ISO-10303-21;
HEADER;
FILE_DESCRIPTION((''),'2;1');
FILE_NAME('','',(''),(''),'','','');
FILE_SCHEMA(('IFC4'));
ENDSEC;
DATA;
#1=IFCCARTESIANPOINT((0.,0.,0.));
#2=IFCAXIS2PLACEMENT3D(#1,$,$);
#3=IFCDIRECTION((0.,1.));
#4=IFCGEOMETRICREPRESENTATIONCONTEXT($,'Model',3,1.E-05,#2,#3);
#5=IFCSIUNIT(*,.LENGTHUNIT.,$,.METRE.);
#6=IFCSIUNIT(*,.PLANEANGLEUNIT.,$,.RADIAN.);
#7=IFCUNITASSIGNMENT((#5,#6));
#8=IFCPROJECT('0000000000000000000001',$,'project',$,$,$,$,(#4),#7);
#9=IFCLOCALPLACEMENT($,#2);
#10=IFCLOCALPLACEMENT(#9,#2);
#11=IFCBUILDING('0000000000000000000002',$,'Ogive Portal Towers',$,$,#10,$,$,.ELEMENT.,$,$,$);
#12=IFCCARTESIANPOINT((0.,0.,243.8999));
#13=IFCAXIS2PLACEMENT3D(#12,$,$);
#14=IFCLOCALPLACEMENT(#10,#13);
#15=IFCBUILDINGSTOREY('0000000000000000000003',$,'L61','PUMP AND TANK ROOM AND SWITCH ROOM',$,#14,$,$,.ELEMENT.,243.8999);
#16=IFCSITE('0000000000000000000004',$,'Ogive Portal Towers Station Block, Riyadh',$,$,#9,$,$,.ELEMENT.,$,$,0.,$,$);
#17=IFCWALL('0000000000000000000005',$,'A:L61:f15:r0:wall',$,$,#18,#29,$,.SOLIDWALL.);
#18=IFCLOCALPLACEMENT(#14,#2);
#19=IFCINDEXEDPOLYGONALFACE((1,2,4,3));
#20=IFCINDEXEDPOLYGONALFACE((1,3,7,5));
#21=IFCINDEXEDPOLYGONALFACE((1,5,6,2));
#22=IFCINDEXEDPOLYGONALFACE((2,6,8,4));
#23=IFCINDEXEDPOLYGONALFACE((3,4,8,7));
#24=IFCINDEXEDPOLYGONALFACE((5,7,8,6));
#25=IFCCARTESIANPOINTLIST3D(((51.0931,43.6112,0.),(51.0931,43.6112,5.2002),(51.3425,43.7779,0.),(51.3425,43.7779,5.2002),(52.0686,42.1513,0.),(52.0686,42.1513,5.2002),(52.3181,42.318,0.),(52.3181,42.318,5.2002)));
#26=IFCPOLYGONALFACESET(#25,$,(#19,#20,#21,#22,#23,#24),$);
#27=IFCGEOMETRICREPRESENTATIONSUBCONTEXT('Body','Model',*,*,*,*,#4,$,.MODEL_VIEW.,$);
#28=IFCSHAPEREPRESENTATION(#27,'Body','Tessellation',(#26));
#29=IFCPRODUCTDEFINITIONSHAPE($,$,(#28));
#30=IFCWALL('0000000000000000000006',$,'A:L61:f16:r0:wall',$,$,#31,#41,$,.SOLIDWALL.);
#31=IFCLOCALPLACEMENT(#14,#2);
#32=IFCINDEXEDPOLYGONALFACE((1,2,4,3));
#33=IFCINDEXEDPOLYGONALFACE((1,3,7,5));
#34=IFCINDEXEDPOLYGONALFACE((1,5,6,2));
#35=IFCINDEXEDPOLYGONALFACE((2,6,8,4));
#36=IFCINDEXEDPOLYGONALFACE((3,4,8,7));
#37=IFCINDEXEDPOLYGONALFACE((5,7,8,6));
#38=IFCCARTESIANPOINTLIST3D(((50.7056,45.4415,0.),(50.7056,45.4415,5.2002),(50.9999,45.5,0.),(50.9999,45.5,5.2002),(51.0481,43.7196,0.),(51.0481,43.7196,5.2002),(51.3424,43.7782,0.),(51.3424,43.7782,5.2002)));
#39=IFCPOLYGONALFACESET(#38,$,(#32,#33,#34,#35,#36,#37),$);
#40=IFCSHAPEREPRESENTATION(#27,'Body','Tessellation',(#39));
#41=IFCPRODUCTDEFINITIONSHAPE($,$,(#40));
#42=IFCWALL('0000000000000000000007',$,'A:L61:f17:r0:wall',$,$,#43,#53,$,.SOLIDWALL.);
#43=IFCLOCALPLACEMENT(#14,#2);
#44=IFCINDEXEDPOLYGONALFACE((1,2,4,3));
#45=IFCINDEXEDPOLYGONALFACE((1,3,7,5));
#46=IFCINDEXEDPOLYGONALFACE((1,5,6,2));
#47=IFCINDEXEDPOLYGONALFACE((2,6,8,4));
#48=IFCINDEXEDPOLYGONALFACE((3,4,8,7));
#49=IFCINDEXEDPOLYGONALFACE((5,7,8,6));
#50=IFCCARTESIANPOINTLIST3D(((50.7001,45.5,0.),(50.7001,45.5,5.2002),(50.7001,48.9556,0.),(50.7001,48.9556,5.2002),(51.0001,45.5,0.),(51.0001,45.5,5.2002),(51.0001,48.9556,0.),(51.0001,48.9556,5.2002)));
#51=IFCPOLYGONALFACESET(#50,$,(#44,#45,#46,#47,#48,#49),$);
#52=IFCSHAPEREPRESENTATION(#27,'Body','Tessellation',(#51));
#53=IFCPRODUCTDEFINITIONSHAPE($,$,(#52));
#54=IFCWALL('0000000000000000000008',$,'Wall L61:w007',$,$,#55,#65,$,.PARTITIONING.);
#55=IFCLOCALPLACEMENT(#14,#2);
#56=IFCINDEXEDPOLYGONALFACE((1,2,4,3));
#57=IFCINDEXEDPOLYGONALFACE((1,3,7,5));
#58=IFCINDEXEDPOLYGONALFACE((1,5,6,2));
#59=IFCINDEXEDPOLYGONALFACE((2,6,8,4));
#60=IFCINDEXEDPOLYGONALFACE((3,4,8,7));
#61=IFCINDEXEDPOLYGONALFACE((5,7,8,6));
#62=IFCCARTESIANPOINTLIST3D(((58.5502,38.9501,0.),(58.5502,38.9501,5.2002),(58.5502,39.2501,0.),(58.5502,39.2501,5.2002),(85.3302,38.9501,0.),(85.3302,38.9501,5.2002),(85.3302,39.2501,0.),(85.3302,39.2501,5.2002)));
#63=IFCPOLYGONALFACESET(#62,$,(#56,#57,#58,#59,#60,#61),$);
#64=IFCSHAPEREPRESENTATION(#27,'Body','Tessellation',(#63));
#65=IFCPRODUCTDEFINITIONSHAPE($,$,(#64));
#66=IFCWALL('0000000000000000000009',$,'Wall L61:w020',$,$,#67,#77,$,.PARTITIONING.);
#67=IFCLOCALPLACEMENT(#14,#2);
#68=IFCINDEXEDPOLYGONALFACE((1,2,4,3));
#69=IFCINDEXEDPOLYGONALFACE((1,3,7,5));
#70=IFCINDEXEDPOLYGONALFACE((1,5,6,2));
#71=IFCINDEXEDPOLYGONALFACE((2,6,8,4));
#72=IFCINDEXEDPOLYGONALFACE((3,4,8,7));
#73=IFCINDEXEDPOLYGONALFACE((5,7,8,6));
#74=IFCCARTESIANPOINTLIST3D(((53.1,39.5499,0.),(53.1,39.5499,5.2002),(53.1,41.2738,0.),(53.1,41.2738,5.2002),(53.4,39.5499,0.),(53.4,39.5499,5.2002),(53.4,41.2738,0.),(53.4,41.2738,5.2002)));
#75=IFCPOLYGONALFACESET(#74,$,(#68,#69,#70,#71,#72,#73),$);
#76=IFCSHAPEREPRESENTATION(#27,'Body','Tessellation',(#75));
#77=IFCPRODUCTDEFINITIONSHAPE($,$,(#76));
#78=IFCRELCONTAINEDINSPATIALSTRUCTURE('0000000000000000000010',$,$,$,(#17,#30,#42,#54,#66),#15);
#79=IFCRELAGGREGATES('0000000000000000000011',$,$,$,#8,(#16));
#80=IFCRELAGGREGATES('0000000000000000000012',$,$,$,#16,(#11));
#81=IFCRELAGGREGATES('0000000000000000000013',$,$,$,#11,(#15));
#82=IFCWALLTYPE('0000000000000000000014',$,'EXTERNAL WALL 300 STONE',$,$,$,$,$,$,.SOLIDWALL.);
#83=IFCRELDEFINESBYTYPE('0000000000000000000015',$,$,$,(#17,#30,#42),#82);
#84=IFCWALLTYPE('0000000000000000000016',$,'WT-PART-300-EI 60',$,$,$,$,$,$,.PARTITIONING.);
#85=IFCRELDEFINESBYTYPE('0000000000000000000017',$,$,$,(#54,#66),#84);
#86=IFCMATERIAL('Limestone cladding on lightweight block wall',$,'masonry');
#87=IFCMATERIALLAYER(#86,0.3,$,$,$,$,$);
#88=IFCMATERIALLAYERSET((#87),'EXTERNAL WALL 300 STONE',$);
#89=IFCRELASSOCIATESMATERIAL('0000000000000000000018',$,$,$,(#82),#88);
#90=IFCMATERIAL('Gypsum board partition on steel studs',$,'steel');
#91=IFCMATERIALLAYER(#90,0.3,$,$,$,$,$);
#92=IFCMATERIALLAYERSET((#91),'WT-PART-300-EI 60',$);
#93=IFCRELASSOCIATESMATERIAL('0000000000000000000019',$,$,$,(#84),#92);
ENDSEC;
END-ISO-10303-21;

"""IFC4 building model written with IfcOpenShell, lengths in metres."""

from ifc_helpers import new_model, si_unit, direction, frame, frame_2d, origin, place, context, subcontext, project, spatial, rectangle, extrude, material, layer, layer_set, type_object, element, save


model = new_model("IFC4")

# Units and contexts
model_context = context("Model", 3, precision=1e-05, world=origin(), true_north=direction((0.0, 1.0)))
body_context = subcontext(model_context, "Body", "Model", "MODEL_VIEW")
ifc_project = project(units=[si_unit("LENGTHUNIT", "METRE"), si_unit("PLANEANGLEUNIT", "RADIAN")], contexts=[model_context])

# Site, building, storey
site_placement = place(None, origin())
site = spatial("IfcSite", under=ifc_project, at=site_placement, Name="Ogive Portal Towers Station Block, Riyadh", CompositionType="ELEMENT", RefElevation=0.0)
building_placement = place(site_placement, origin())
building = spatial("IfcBuilding", under=site, at=building_placement, Name="Ogive Portal Towers", CompositionType="ELEMENT")
storey_placement = place(building_placement, frame((0.0, 0.0, 243.8999)))
storey = spatial("IfcBuildingStorey", under=building, at=storey_placement, Name="L61", Description="PUMP AND TANK ROOM AND SWITCH ROOM", CompositionType="ELEMENT", Elevation=243.8999)

# Walls
ifc_material_1 = material(Name="Limestone cladding on lightweight block wall", Category="masonry")
ifc_layer_1 = layer(ifc_material_1, 0.3)
ifc_layer_set_1 = layer_set([ifc_layer_1], Name="EXTERNAL WALL 300 STONE")
wall_type_1 = type_object("IfcWallType", Name="EXTERNAL WALL 300 STONE", PredefinedType="SOLIDWALL", material=ifc_layer_set_1)
for number, where, z_axis, x_axis, name in (
    (1, (52.1934, 42.2346, 0.0), (0.0, 0.0, 1.0), (-0.555598, 0.831451, 0.0), "A:L61:f15:r0:wall"),
):
    element("IfcWall", number, at=place(storey_placement, frame(where, z_axis=z_axis, x_axis=x_axis)), inside=storey, type_object=wall_type_1, Name=name, PredefinedType="SOLIDWALL", context=body_context, shape_type="SweptSolid", body=[
        extrude(rectangle(XDim=1.7559, YDim=0.3, at=frame_2d((0.8779, 0.0))), origin(), (0.0, 0.0, 1.0), 5.2002),
    ])
wall_1_placement = place(storey_placement, frame((51.1953, 43.7488, 0.0), z_axis=(0.0, 0.0, 1.0), x_axis=(-0.1951, 0.980783, 0.0)))
element("IfcWall", 2, at=wall_1_placement, inside=storey, type_object=wall_type_1, Name="A:L61:f16:r0:wall", PredefinedType="SOLIDWALL", context=body_context, shape_type="SweptSolid", body=[
    extrude(rectangle(XDim=1.7556, YDim=0.3, at=frame_2d((0.8779, 0.0))), origin(), (0.0, 0.0, 1.0), 5.2002),
])
wall_2_placement = place(storey_placement, frame((50.8501, 45.5, 0.0), z_axis=(0.0, 0.0, 1.0), x_axis=(0.0, 1.0, 0.0)))
element("IfcWall", 3, at=wall_2_placement, inside=storey, type_object=wall_type_1, Name="A:L61:f17:r0:wall", PredefinedType="SOLIDWALL", context=body_context, shape_type="SweptSolid", body=[
    extrude(rectangle(XDim=3.4556, YDim=0.3, at=frame_2d((1.7278, 0.0))), origin(), (0.0, 0.0, 1.0), 5.2002),
])
ifc_material_2 = material(Name="Gypsum board partition on steel studs", Category="steel")
ifc_layer_2 = layer(ifc_material_2, 0.3)
ifc_layer_set_2 = layer_set([ifc_layer_2], Name="WT-PART-300-EI 60")
wall_type_2 = type_object("IfcWallType", Name="WT-PART-300-EI 60", PredefinedType="PARTITIONING", material=ifc_layer_set_2)
wall_3_placement = place(storey_placement, frame((58.55, 39.1001, 0.0), z_axis=(0.0, 0.0, 1.0), x_axis=(1.0, 0.0, 0.0)))
element("IfcWall", 4, at=wall_3_placement, inside=storey, type_object=wall_type_2, Name="Wall L61:w007", PredefinedType="PARTITIONING", context=body_context, shape_type="SweptSolid", body=[
    extrude(rectangle(XDim=26.78, YDim=0.3, at=frame_2d((13.3901, 0.0))), origin(), (0.0, 0.0, 1.0), 5.2002),
])
wall_4_placement = place(storey_placement, frame((53.25, 39.55, 0.0), z_axis=(0.0, 0.0, 1.0), x_axis=(0.0, 1.0, 0.0)))
element("IfcWall", 5, at=wall_4_placement, inside=storey, type_object=wall_type_2, Name="Wall L61:w020", PredefinedType="PARTITIONING", context=body_context, shape_type="SweptSolid", body=[
    extrude(rectangle(XDim=1.7239, YDim=0.3, at=frame_2d((0.8618, 0.0))), origin(), (0.0, 0.0, 1.0), 5.2002),
])

save(model, "model.ifc")
